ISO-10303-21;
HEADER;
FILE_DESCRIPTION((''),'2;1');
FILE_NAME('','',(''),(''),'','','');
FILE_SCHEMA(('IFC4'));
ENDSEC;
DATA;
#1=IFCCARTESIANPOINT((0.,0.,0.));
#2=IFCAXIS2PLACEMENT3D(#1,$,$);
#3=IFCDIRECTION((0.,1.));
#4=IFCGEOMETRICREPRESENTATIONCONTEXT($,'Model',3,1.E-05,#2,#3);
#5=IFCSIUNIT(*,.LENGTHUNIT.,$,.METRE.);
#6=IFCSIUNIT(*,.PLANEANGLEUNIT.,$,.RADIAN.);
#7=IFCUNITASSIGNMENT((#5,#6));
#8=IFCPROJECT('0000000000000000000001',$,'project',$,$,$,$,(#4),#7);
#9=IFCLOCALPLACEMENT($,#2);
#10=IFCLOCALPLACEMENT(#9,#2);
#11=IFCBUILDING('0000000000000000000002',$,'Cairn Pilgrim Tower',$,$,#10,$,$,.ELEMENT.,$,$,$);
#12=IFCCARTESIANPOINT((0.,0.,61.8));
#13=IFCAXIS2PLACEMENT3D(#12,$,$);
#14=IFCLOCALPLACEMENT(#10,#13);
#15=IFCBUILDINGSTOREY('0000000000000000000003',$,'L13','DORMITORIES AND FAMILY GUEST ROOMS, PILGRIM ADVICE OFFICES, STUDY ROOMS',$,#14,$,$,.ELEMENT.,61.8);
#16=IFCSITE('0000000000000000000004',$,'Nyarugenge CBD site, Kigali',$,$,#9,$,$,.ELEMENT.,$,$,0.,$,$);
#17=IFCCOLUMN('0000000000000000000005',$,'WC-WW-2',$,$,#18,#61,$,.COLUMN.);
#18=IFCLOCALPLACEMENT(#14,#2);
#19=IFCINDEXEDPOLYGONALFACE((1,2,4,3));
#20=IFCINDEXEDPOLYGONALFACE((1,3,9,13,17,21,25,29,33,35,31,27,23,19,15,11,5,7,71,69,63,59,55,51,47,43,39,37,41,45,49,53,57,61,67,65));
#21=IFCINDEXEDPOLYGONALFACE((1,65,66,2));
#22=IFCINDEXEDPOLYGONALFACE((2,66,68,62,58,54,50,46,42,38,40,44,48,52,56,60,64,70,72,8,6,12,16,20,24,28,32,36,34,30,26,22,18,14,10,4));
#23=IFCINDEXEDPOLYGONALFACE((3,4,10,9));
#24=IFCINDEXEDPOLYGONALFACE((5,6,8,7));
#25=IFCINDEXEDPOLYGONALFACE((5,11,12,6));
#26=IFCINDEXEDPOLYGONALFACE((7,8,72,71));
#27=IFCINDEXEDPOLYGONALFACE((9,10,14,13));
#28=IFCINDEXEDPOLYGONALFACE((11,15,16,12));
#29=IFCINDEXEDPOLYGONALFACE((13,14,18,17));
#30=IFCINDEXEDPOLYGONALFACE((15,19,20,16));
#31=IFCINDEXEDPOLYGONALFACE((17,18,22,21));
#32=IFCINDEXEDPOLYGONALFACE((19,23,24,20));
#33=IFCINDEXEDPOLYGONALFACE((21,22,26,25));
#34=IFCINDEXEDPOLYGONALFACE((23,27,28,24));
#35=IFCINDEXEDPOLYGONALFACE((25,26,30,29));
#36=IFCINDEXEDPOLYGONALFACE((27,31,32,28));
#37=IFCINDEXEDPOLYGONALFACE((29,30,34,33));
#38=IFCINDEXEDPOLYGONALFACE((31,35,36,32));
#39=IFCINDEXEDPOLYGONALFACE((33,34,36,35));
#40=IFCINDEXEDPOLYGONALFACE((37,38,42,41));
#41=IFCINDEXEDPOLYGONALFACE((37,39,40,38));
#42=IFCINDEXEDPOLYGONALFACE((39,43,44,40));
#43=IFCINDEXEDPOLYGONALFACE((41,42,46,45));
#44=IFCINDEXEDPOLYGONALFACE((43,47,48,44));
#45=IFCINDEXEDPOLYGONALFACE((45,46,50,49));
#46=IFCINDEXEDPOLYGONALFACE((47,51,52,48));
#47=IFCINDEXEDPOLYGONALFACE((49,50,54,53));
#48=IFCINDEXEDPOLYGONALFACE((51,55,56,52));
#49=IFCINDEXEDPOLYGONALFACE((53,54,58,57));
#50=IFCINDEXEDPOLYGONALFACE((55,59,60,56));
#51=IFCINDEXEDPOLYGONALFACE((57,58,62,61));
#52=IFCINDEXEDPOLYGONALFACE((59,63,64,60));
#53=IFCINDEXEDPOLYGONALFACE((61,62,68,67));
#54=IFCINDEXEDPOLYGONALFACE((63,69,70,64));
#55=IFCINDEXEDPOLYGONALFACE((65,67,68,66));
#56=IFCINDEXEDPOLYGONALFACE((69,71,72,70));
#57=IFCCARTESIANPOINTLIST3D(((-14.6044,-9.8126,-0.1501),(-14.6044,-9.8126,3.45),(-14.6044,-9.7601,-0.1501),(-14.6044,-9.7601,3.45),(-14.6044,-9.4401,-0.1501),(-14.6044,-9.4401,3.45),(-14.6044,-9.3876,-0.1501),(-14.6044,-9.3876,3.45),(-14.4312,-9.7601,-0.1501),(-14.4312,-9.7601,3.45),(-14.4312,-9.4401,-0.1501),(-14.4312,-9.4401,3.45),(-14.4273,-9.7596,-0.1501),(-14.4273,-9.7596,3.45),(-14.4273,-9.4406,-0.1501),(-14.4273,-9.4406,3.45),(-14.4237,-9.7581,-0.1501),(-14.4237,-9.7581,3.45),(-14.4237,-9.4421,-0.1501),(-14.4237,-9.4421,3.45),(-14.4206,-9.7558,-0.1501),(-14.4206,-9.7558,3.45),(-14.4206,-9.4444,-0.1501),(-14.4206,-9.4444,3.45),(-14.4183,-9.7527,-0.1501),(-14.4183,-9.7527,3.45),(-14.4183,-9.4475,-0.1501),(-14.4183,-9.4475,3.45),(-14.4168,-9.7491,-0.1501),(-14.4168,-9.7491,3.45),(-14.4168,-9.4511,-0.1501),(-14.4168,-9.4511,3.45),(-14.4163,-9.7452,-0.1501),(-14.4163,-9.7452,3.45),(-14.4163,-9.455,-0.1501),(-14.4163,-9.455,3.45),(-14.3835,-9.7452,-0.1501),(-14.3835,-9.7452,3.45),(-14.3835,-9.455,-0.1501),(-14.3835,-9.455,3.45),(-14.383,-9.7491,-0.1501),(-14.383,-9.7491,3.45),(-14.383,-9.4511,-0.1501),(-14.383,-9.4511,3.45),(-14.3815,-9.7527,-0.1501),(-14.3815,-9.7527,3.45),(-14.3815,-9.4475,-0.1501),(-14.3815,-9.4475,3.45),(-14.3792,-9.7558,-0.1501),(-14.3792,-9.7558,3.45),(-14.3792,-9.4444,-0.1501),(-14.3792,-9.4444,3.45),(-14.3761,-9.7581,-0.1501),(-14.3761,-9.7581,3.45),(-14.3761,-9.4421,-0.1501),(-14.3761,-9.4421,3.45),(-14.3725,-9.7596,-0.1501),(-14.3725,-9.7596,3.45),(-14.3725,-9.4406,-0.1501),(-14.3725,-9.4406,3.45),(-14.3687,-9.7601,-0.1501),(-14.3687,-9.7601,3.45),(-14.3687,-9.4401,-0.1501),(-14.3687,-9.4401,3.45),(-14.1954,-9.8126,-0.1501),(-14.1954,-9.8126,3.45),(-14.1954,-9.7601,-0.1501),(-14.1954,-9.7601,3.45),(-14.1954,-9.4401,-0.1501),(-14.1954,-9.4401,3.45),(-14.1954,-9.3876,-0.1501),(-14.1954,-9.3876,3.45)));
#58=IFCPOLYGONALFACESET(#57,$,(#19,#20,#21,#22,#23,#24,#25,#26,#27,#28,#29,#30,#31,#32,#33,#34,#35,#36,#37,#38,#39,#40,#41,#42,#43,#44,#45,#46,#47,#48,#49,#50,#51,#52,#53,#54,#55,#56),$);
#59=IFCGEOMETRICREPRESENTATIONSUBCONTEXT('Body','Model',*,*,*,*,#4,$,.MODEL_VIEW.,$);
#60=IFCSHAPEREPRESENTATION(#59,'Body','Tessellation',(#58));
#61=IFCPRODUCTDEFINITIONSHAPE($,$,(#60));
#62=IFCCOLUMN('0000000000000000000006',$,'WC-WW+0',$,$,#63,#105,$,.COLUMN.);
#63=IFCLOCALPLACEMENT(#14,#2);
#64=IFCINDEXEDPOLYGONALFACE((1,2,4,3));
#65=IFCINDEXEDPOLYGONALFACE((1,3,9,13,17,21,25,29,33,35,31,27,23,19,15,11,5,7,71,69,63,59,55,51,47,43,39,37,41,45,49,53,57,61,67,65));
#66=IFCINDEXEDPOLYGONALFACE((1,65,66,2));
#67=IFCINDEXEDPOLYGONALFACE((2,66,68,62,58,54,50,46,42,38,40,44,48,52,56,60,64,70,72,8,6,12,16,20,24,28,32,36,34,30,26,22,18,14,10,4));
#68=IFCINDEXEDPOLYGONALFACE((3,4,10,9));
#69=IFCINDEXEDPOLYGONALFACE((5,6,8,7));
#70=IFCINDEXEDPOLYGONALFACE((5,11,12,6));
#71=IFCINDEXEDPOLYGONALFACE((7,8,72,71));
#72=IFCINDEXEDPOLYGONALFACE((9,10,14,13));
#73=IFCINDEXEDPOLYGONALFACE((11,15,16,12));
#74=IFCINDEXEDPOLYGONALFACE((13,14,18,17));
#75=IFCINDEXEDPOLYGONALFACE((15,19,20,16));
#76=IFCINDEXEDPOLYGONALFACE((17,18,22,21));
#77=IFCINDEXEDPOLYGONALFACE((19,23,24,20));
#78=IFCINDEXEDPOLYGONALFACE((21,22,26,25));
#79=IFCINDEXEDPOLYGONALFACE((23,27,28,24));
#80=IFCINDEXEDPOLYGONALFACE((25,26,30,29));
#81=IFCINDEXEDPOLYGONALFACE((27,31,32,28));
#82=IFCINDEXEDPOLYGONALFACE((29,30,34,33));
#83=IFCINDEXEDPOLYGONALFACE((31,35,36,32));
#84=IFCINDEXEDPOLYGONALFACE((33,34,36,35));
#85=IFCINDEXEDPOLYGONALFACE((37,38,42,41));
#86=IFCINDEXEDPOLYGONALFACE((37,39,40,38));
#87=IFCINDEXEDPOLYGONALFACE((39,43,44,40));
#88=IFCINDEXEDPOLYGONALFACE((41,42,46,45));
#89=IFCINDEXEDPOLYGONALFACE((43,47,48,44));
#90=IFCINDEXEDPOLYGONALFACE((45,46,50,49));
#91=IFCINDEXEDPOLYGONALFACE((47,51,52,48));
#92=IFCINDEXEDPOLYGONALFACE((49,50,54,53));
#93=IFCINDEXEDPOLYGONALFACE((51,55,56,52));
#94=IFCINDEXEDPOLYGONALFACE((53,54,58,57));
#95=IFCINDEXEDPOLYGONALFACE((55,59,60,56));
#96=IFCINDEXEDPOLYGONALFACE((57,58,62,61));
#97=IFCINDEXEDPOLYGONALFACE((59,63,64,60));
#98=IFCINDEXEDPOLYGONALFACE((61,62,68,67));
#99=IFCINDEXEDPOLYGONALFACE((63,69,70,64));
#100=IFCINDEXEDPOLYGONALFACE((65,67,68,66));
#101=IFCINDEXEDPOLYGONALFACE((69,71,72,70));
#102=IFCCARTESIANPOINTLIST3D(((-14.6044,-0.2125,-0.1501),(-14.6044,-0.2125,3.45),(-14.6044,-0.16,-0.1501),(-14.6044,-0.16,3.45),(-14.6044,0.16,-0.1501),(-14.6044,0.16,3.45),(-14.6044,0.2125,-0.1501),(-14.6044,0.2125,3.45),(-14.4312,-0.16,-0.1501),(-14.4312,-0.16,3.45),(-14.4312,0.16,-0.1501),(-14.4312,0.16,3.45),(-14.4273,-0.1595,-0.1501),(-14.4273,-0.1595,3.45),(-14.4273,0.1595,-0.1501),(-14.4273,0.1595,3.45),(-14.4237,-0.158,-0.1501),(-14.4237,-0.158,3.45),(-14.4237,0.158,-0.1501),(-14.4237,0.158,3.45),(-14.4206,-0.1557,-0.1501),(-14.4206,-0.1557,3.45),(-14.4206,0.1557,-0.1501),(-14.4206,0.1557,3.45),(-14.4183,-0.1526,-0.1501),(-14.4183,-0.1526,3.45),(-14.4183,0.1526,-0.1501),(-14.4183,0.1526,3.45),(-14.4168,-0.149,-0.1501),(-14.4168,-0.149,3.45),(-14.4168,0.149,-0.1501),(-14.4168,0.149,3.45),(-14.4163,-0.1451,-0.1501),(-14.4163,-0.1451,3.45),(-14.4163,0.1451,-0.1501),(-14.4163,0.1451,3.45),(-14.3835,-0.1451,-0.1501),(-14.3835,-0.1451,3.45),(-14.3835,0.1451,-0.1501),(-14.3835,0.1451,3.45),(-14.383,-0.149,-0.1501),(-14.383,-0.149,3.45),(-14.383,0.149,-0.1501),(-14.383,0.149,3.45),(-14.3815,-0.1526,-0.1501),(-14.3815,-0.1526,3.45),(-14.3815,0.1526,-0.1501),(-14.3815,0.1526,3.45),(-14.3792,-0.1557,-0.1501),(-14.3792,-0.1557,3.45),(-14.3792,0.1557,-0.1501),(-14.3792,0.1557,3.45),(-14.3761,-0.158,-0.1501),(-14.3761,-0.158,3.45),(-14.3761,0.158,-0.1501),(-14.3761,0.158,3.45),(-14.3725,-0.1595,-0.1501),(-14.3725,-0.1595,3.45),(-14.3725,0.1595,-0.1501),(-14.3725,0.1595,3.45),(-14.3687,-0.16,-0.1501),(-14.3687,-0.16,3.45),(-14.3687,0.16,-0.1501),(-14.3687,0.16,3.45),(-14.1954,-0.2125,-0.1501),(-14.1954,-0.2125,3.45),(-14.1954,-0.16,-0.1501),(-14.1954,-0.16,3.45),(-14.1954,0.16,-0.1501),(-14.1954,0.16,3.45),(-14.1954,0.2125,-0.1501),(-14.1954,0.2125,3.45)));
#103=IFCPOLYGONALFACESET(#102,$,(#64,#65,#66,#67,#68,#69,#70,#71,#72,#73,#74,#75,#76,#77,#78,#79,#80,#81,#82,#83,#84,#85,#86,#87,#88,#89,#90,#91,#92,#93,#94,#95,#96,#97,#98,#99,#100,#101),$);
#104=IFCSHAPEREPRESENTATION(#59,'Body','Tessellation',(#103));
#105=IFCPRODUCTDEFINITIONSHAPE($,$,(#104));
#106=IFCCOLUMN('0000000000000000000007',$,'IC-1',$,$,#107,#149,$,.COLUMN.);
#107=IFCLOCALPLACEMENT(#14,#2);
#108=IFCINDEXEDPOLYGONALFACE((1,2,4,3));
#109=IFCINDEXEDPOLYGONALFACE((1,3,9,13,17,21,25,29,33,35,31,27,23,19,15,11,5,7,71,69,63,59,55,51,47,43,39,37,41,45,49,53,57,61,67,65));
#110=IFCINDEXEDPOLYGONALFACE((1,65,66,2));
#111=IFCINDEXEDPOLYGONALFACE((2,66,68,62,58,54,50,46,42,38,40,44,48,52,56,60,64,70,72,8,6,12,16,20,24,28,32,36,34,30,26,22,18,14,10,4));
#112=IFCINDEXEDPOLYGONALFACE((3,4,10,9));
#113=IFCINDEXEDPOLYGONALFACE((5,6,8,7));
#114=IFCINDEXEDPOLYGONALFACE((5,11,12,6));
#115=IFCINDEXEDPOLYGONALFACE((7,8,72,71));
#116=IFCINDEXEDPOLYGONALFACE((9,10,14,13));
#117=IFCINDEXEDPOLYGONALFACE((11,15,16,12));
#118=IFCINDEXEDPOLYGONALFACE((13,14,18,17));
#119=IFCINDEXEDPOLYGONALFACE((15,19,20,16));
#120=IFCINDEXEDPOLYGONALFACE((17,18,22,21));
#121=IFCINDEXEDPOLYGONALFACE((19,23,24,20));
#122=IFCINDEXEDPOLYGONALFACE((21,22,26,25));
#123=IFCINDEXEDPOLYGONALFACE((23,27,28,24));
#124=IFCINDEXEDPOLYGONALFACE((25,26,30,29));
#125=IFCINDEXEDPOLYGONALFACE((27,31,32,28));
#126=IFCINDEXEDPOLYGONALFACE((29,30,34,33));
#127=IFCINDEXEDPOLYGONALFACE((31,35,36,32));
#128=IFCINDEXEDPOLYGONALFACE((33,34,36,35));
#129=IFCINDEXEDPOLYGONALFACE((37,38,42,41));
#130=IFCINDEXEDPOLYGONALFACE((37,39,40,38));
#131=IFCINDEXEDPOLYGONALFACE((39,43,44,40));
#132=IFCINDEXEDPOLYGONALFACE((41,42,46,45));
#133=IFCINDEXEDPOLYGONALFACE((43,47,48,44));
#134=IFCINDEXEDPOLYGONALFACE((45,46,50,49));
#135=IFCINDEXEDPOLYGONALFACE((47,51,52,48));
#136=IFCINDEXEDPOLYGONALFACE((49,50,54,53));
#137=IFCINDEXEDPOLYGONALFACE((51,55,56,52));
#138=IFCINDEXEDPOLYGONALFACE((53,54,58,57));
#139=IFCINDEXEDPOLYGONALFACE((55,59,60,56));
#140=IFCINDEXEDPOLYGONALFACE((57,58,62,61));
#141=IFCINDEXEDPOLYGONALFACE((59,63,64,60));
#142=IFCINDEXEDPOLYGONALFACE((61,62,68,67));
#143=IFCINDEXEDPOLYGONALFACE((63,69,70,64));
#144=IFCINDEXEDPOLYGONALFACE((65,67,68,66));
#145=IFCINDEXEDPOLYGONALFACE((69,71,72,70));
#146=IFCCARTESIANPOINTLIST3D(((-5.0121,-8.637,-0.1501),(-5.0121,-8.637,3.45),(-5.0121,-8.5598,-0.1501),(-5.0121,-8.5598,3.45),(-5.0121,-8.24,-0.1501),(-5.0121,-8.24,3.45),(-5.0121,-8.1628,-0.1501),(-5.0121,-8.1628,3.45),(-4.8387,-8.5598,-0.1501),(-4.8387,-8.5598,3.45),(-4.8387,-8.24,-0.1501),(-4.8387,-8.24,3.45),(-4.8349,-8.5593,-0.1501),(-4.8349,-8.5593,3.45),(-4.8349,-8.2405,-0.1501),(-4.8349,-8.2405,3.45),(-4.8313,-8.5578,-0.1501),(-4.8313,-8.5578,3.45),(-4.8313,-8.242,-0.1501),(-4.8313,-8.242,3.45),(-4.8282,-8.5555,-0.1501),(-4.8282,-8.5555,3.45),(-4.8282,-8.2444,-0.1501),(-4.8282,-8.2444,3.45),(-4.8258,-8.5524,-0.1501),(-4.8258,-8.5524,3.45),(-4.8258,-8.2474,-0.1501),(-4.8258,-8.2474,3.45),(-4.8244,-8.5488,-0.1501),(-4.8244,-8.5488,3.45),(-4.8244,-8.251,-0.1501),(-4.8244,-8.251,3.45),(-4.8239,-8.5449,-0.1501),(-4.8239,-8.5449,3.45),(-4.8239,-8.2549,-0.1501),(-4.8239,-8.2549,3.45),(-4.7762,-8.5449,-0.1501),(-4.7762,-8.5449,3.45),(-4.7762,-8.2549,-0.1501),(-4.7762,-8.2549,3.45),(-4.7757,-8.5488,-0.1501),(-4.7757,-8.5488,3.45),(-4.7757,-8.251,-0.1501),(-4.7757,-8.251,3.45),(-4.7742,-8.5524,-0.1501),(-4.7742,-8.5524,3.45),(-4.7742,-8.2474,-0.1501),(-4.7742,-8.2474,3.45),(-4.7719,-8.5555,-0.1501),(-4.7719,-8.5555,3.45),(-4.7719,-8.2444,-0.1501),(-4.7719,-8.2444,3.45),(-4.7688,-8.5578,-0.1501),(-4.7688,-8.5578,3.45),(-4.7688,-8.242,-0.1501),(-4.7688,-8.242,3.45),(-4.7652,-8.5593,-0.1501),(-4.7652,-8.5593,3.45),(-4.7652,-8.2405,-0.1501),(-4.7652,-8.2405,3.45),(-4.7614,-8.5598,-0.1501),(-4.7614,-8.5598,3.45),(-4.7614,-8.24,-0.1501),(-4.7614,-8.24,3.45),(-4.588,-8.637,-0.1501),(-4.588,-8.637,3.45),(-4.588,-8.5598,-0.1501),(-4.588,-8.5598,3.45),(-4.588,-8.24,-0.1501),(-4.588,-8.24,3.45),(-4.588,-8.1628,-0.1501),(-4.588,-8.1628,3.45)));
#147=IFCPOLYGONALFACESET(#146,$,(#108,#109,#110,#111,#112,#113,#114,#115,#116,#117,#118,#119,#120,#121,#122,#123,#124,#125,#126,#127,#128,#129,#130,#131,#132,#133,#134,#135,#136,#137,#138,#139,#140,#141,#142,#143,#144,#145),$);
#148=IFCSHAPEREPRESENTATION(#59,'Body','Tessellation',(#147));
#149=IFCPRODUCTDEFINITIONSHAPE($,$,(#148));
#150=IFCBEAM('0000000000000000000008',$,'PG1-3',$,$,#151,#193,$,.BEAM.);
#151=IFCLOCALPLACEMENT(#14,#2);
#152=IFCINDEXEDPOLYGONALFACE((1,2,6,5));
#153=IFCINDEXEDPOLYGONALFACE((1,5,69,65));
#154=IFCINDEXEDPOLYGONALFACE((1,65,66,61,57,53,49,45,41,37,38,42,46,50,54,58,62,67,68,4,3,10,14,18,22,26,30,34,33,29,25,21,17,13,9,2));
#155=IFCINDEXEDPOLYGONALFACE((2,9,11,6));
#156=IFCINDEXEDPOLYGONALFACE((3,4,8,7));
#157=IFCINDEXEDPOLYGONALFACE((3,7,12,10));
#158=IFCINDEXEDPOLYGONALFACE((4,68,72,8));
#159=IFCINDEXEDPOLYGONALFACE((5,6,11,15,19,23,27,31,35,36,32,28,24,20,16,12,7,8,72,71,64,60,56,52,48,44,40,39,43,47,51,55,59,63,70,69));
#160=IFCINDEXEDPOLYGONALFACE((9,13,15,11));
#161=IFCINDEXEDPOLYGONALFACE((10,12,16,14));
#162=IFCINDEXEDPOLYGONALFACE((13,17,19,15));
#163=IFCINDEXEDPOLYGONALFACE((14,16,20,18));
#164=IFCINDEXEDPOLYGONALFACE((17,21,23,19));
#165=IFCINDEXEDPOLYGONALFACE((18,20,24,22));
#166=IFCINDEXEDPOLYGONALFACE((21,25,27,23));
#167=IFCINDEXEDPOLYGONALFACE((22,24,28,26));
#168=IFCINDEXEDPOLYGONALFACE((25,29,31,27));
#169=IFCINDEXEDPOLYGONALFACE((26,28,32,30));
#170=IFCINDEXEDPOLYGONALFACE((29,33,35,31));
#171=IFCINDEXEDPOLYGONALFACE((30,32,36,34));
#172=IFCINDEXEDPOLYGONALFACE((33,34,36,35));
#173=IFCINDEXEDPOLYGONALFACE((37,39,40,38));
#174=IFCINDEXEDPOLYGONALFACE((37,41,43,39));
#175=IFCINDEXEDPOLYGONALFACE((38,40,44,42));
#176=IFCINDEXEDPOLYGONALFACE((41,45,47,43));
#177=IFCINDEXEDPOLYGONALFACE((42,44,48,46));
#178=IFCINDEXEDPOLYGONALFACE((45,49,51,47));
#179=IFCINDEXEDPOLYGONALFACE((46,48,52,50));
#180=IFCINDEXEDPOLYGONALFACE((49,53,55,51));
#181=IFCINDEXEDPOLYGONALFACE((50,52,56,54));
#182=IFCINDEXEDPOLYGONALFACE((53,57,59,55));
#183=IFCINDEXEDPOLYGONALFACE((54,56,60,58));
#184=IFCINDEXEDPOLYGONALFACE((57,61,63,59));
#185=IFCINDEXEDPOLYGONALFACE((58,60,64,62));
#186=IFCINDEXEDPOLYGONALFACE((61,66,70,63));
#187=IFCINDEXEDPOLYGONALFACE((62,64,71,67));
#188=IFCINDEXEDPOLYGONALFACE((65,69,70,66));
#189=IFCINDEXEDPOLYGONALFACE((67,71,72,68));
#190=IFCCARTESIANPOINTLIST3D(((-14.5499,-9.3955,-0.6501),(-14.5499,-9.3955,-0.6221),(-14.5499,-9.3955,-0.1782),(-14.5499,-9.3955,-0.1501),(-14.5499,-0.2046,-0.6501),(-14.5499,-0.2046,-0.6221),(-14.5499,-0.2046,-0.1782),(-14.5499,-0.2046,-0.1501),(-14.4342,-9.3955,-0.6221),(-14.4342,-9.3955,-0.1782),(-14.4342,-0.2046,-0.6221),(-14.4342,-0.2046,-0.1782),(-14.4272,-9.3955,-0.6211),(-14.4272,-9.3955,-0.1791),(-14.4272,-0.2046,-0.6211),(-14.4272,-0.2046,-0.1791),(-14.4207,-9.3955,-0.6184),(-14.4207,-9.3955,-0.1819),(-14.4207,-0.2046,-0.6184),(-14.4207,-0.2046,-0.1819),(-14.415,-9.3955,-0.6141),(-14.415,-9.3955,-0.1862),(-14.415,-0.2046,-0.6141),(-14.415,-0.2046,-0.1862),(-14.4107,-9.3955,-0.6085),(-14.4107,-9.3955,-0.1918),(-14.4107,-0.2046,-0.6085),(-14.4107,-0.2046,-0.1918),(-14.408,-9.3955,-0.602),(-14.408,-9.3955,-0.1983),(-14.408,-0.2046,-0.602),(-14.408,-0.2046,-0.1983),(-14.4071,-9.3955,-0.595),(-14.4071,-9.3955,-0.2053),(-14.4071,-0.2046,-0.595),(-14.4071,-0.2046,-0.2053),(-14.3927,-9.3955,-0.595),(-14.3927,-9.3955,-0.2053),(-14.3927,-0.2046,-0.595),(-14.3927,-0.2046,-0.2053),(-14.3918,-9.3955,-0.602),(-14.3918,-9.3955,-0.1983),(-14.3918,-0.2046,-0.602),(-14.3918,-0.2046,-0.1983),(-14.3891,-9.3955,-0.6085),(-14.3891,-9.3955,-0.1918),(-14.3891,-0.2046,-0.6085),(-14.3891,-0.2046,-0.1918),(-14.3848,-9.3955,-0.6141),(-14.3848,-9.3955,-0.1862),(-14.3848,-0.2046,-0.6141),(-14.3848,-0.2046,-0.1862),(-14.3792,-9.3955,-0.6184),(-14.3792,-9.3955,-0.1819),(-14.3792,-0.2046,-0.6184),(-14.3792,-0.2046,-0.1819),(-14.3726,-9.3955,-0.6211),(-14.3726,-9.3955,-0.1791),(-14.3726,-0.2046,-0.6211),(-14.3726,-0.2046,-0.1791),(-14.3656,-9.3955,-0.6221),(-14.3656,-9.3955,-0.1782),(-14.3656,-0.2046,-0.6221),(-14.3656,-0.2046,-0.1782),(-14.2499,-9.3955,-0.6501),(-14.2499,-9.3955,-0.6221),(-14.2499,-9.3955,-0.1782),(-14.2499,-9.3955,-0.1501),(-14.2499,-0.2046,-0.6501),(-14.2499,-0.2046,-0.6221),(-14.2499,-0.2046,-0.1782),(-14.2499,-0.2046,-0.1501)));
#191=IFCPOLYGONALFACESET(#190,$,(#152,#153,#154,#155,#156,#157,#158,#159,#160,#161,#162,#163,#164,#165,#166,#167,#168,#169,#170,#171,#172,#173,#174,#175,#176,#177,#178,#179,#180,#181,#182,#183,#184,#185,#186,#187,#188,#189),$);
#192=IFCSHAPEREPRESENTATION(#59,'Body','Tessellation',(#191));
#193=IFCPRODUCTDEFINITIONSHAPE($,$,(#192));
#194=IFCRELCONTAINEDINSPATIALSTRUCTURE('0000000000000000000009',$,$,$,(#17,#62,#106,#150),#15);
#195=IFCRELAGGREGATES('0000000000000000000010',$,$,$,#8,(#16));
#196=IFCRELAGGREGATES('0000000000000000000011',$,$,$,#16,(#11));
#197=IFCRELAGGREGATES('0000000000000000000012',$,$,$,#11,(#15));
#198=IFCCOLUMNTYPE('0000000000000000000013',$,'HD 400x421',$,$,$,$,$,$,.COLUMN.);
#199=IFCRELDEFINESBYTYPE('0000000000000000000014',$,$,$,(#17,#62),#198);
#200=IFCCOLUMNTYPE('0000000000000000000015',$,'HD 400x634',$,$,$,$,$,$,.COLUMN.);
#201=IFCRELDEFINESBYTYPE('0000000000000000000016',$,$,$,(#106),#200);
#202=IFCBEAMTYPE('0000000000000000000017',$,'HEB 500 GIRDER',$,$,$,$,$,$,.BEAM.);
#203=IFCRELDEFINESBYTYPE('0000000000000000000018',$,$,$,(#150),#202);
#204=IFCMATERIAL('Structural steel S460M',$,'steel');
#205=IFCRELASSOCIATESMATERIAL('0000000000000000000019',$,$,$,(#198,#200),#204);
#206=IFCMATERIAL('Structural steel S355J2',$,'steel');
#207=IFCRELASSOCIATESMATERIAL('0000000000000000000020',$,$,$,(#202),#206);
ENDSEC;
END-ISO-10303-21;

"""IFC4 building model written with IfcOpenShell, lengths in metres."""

from ifc_helpers import new_model, si_unit, direction, frame, origin, origin_2d, place, context, subcontext, project, spatial, i_section, extrude, material, material_profile, profile_set, type_object, element, save


model = new_model("IFC4")

# Units and contexts
model_context = context("Model", 3, precision=1e-05, world=origin(), true_north=direction((0.0, 1.0)))
body_context = subcontext(model_context, "Body", "Model", "MODEL_VIEW")
ifc_project = project(units=[si_unit("LENGTHUNIT", "METRE"), si_unit("PLANEANGLEUNIT", "RADIAN")], contexts=[model_context])

# Site, building, storey
site_placement = place(None, origin())
site = spatial("IfcSite", under=ifc_project, at=site_placement, Name="Nyarugenge CBD site, Kigali", CompositionType="ELEMENT", RefElevation=0.0)
building_placement = place(site_placement, origin())
building = spatial("IfcBuilding", under=site, at=building_placement, Name="Cairn Pilgrim Tower", CompositionType="ELEMENT")
storey_placement = place(building_placement, frame((0.0, 0.0, 61.8)))
storey = spatial("IfcBuildingStorey", under=building, at=storey_placement, Name="L13", Description="DORMITORIES AND FAMILY GUEST ROOMS, PILGRIM ADVICE OFFICES, STUDY ROOMS", CompositionType="ELEMENT", Elevation=61.8)

# Columns
ifc_material_1 = material(Name="Structural steel S460M", Category="steel")
ifc_material_profile_1 = material_profile(ifc_material_1, i_section(OverallWidth=0.4089, OverallDepth=0.425, WebThickness=0.0327, FlangeThickness=0.0525, FilletRadius=0.0149, at=origin_2d()), Name="HD 400x421")
ifc_profile_set_1 = profile_set([ifc_material_profile_1], Name="Structural steel S460M")
column_type_1 = type_object("IfcColumnType", Name="HD 400x421", PredefinedType="COLUMN", material=ifc_profile_set_1)
for number, where, z_axis, x_axis, name in (
    (1, (-14.3999, -9.6001, -0.1501), (0.0, 0.0, 1.0), (1.0, 0.0, 0.0), "WC-WW-2"),
    (2, (-14.3999, 0.0, -0.1501), (0.0, 0.0, 1.0), (1.0, 0.0, 0.0), "WC-WW+0"),
):
    element("IfcColumn", number, at=place(storey_placement, frame(where, z_axis=z_axis, x_axis=x_axis)), inside=storey, type_object=column_type_1, Name=name, PredefinedType="COLUMN", context=body_context, shape_type="SweptSolid", body=[
        extrude(i_section(OverallWidth=0.4089, OverallDepth=0.425, WebThickness=0.0327, FlangeThickness=0.0525, FilletRadius=0.0149, at=origin_2d()), origin(), (0.0, 0.0, 1.0), 3.6001),
    ])
ifc_material_profile_2 = material_profile(ifc_material_1, i_section(OverallWidth=0.4241, OverallDepth=0.4741, WebThickness=0.0476, FlangeThickness=0.0771, FilletRadius=0.0149, at=origin_2d()), Name="HD 400x634")
ifc_profile_set_2 = profile_set([ifc_material_profile_2], Name="Structural steel S460M")
column_type_2 = type_object("IfcColumnType", Name="HD 400x634", PredefinedType="COLUMN", material=ifc_profile_set_2)
column_placement = place(storey_placement, frame((-4.8, -8.3999, -0.1501), z_axis=(0.0, 0.0, 1.0), x_axis=(1.0, 0.0, 0.0)))
element("IfcColumn", 3, at=column_placement, inside=storey, type_object=column_type_2, Name="IC-1", PredefinedType="COLUMN", context=body_context, shape_type="SweptSolid", body=[
    extrude(i_section(OverallWidth=0.4241, OverallDepth=0.4741, WebThickness=0.0476, FlangeThickness=0.0771, FilletRadius=0.0149, at=origin_2d()), origin(), (0.0, 0.0, 1.0), 3.6001),
])

# Beam
ifc_material_2 = material(Name="Structural steel S355J2", Category="steel")
ifc_material_profile_3 = material_profile(ifc_material_2, i_section(OverallWidth=0.3, OverallDepth=0.5, WebThickness=0.0144, FlangeThickness=0.0281, FilletRadius=0.0271, at=origin_2d()), Name="HEB 500")
ifc_profile_set_3 = profile_set([ifc_material_profile_3], Name="Structural steel S355J2")
beam_type_1 = type_object("IfcBeamType", Name="HEB 500 GIRDER", PredefinedType="BEAM", material=ifc_profile_set_3)
beam_1_placement = place(storey_placement, frame((-14.3999, -9.3955, -0.4001), z_axis=(0.0, 1.0, 0.0), x_axis=(-1.0, 0.0, 0.0)))
element("IfcBeam", 4, at=beam_1_placement, inside=storey, type_object=beam_type_1, Name="PG1-3", PredefinedType="BEAM", context=body_context, shape_type="SweptSolid", body=[
    extrude(i_section(OverallWidth=0.3, OverallDepth=0.5, WebThickness=0.0144, FlangeThickness=0.0281, FilletRadius=0.0271, at=origin_2d()), origin(), (0.0, 0.0, 1.0), 9.1909),
])

save(model, "model.ifc")
